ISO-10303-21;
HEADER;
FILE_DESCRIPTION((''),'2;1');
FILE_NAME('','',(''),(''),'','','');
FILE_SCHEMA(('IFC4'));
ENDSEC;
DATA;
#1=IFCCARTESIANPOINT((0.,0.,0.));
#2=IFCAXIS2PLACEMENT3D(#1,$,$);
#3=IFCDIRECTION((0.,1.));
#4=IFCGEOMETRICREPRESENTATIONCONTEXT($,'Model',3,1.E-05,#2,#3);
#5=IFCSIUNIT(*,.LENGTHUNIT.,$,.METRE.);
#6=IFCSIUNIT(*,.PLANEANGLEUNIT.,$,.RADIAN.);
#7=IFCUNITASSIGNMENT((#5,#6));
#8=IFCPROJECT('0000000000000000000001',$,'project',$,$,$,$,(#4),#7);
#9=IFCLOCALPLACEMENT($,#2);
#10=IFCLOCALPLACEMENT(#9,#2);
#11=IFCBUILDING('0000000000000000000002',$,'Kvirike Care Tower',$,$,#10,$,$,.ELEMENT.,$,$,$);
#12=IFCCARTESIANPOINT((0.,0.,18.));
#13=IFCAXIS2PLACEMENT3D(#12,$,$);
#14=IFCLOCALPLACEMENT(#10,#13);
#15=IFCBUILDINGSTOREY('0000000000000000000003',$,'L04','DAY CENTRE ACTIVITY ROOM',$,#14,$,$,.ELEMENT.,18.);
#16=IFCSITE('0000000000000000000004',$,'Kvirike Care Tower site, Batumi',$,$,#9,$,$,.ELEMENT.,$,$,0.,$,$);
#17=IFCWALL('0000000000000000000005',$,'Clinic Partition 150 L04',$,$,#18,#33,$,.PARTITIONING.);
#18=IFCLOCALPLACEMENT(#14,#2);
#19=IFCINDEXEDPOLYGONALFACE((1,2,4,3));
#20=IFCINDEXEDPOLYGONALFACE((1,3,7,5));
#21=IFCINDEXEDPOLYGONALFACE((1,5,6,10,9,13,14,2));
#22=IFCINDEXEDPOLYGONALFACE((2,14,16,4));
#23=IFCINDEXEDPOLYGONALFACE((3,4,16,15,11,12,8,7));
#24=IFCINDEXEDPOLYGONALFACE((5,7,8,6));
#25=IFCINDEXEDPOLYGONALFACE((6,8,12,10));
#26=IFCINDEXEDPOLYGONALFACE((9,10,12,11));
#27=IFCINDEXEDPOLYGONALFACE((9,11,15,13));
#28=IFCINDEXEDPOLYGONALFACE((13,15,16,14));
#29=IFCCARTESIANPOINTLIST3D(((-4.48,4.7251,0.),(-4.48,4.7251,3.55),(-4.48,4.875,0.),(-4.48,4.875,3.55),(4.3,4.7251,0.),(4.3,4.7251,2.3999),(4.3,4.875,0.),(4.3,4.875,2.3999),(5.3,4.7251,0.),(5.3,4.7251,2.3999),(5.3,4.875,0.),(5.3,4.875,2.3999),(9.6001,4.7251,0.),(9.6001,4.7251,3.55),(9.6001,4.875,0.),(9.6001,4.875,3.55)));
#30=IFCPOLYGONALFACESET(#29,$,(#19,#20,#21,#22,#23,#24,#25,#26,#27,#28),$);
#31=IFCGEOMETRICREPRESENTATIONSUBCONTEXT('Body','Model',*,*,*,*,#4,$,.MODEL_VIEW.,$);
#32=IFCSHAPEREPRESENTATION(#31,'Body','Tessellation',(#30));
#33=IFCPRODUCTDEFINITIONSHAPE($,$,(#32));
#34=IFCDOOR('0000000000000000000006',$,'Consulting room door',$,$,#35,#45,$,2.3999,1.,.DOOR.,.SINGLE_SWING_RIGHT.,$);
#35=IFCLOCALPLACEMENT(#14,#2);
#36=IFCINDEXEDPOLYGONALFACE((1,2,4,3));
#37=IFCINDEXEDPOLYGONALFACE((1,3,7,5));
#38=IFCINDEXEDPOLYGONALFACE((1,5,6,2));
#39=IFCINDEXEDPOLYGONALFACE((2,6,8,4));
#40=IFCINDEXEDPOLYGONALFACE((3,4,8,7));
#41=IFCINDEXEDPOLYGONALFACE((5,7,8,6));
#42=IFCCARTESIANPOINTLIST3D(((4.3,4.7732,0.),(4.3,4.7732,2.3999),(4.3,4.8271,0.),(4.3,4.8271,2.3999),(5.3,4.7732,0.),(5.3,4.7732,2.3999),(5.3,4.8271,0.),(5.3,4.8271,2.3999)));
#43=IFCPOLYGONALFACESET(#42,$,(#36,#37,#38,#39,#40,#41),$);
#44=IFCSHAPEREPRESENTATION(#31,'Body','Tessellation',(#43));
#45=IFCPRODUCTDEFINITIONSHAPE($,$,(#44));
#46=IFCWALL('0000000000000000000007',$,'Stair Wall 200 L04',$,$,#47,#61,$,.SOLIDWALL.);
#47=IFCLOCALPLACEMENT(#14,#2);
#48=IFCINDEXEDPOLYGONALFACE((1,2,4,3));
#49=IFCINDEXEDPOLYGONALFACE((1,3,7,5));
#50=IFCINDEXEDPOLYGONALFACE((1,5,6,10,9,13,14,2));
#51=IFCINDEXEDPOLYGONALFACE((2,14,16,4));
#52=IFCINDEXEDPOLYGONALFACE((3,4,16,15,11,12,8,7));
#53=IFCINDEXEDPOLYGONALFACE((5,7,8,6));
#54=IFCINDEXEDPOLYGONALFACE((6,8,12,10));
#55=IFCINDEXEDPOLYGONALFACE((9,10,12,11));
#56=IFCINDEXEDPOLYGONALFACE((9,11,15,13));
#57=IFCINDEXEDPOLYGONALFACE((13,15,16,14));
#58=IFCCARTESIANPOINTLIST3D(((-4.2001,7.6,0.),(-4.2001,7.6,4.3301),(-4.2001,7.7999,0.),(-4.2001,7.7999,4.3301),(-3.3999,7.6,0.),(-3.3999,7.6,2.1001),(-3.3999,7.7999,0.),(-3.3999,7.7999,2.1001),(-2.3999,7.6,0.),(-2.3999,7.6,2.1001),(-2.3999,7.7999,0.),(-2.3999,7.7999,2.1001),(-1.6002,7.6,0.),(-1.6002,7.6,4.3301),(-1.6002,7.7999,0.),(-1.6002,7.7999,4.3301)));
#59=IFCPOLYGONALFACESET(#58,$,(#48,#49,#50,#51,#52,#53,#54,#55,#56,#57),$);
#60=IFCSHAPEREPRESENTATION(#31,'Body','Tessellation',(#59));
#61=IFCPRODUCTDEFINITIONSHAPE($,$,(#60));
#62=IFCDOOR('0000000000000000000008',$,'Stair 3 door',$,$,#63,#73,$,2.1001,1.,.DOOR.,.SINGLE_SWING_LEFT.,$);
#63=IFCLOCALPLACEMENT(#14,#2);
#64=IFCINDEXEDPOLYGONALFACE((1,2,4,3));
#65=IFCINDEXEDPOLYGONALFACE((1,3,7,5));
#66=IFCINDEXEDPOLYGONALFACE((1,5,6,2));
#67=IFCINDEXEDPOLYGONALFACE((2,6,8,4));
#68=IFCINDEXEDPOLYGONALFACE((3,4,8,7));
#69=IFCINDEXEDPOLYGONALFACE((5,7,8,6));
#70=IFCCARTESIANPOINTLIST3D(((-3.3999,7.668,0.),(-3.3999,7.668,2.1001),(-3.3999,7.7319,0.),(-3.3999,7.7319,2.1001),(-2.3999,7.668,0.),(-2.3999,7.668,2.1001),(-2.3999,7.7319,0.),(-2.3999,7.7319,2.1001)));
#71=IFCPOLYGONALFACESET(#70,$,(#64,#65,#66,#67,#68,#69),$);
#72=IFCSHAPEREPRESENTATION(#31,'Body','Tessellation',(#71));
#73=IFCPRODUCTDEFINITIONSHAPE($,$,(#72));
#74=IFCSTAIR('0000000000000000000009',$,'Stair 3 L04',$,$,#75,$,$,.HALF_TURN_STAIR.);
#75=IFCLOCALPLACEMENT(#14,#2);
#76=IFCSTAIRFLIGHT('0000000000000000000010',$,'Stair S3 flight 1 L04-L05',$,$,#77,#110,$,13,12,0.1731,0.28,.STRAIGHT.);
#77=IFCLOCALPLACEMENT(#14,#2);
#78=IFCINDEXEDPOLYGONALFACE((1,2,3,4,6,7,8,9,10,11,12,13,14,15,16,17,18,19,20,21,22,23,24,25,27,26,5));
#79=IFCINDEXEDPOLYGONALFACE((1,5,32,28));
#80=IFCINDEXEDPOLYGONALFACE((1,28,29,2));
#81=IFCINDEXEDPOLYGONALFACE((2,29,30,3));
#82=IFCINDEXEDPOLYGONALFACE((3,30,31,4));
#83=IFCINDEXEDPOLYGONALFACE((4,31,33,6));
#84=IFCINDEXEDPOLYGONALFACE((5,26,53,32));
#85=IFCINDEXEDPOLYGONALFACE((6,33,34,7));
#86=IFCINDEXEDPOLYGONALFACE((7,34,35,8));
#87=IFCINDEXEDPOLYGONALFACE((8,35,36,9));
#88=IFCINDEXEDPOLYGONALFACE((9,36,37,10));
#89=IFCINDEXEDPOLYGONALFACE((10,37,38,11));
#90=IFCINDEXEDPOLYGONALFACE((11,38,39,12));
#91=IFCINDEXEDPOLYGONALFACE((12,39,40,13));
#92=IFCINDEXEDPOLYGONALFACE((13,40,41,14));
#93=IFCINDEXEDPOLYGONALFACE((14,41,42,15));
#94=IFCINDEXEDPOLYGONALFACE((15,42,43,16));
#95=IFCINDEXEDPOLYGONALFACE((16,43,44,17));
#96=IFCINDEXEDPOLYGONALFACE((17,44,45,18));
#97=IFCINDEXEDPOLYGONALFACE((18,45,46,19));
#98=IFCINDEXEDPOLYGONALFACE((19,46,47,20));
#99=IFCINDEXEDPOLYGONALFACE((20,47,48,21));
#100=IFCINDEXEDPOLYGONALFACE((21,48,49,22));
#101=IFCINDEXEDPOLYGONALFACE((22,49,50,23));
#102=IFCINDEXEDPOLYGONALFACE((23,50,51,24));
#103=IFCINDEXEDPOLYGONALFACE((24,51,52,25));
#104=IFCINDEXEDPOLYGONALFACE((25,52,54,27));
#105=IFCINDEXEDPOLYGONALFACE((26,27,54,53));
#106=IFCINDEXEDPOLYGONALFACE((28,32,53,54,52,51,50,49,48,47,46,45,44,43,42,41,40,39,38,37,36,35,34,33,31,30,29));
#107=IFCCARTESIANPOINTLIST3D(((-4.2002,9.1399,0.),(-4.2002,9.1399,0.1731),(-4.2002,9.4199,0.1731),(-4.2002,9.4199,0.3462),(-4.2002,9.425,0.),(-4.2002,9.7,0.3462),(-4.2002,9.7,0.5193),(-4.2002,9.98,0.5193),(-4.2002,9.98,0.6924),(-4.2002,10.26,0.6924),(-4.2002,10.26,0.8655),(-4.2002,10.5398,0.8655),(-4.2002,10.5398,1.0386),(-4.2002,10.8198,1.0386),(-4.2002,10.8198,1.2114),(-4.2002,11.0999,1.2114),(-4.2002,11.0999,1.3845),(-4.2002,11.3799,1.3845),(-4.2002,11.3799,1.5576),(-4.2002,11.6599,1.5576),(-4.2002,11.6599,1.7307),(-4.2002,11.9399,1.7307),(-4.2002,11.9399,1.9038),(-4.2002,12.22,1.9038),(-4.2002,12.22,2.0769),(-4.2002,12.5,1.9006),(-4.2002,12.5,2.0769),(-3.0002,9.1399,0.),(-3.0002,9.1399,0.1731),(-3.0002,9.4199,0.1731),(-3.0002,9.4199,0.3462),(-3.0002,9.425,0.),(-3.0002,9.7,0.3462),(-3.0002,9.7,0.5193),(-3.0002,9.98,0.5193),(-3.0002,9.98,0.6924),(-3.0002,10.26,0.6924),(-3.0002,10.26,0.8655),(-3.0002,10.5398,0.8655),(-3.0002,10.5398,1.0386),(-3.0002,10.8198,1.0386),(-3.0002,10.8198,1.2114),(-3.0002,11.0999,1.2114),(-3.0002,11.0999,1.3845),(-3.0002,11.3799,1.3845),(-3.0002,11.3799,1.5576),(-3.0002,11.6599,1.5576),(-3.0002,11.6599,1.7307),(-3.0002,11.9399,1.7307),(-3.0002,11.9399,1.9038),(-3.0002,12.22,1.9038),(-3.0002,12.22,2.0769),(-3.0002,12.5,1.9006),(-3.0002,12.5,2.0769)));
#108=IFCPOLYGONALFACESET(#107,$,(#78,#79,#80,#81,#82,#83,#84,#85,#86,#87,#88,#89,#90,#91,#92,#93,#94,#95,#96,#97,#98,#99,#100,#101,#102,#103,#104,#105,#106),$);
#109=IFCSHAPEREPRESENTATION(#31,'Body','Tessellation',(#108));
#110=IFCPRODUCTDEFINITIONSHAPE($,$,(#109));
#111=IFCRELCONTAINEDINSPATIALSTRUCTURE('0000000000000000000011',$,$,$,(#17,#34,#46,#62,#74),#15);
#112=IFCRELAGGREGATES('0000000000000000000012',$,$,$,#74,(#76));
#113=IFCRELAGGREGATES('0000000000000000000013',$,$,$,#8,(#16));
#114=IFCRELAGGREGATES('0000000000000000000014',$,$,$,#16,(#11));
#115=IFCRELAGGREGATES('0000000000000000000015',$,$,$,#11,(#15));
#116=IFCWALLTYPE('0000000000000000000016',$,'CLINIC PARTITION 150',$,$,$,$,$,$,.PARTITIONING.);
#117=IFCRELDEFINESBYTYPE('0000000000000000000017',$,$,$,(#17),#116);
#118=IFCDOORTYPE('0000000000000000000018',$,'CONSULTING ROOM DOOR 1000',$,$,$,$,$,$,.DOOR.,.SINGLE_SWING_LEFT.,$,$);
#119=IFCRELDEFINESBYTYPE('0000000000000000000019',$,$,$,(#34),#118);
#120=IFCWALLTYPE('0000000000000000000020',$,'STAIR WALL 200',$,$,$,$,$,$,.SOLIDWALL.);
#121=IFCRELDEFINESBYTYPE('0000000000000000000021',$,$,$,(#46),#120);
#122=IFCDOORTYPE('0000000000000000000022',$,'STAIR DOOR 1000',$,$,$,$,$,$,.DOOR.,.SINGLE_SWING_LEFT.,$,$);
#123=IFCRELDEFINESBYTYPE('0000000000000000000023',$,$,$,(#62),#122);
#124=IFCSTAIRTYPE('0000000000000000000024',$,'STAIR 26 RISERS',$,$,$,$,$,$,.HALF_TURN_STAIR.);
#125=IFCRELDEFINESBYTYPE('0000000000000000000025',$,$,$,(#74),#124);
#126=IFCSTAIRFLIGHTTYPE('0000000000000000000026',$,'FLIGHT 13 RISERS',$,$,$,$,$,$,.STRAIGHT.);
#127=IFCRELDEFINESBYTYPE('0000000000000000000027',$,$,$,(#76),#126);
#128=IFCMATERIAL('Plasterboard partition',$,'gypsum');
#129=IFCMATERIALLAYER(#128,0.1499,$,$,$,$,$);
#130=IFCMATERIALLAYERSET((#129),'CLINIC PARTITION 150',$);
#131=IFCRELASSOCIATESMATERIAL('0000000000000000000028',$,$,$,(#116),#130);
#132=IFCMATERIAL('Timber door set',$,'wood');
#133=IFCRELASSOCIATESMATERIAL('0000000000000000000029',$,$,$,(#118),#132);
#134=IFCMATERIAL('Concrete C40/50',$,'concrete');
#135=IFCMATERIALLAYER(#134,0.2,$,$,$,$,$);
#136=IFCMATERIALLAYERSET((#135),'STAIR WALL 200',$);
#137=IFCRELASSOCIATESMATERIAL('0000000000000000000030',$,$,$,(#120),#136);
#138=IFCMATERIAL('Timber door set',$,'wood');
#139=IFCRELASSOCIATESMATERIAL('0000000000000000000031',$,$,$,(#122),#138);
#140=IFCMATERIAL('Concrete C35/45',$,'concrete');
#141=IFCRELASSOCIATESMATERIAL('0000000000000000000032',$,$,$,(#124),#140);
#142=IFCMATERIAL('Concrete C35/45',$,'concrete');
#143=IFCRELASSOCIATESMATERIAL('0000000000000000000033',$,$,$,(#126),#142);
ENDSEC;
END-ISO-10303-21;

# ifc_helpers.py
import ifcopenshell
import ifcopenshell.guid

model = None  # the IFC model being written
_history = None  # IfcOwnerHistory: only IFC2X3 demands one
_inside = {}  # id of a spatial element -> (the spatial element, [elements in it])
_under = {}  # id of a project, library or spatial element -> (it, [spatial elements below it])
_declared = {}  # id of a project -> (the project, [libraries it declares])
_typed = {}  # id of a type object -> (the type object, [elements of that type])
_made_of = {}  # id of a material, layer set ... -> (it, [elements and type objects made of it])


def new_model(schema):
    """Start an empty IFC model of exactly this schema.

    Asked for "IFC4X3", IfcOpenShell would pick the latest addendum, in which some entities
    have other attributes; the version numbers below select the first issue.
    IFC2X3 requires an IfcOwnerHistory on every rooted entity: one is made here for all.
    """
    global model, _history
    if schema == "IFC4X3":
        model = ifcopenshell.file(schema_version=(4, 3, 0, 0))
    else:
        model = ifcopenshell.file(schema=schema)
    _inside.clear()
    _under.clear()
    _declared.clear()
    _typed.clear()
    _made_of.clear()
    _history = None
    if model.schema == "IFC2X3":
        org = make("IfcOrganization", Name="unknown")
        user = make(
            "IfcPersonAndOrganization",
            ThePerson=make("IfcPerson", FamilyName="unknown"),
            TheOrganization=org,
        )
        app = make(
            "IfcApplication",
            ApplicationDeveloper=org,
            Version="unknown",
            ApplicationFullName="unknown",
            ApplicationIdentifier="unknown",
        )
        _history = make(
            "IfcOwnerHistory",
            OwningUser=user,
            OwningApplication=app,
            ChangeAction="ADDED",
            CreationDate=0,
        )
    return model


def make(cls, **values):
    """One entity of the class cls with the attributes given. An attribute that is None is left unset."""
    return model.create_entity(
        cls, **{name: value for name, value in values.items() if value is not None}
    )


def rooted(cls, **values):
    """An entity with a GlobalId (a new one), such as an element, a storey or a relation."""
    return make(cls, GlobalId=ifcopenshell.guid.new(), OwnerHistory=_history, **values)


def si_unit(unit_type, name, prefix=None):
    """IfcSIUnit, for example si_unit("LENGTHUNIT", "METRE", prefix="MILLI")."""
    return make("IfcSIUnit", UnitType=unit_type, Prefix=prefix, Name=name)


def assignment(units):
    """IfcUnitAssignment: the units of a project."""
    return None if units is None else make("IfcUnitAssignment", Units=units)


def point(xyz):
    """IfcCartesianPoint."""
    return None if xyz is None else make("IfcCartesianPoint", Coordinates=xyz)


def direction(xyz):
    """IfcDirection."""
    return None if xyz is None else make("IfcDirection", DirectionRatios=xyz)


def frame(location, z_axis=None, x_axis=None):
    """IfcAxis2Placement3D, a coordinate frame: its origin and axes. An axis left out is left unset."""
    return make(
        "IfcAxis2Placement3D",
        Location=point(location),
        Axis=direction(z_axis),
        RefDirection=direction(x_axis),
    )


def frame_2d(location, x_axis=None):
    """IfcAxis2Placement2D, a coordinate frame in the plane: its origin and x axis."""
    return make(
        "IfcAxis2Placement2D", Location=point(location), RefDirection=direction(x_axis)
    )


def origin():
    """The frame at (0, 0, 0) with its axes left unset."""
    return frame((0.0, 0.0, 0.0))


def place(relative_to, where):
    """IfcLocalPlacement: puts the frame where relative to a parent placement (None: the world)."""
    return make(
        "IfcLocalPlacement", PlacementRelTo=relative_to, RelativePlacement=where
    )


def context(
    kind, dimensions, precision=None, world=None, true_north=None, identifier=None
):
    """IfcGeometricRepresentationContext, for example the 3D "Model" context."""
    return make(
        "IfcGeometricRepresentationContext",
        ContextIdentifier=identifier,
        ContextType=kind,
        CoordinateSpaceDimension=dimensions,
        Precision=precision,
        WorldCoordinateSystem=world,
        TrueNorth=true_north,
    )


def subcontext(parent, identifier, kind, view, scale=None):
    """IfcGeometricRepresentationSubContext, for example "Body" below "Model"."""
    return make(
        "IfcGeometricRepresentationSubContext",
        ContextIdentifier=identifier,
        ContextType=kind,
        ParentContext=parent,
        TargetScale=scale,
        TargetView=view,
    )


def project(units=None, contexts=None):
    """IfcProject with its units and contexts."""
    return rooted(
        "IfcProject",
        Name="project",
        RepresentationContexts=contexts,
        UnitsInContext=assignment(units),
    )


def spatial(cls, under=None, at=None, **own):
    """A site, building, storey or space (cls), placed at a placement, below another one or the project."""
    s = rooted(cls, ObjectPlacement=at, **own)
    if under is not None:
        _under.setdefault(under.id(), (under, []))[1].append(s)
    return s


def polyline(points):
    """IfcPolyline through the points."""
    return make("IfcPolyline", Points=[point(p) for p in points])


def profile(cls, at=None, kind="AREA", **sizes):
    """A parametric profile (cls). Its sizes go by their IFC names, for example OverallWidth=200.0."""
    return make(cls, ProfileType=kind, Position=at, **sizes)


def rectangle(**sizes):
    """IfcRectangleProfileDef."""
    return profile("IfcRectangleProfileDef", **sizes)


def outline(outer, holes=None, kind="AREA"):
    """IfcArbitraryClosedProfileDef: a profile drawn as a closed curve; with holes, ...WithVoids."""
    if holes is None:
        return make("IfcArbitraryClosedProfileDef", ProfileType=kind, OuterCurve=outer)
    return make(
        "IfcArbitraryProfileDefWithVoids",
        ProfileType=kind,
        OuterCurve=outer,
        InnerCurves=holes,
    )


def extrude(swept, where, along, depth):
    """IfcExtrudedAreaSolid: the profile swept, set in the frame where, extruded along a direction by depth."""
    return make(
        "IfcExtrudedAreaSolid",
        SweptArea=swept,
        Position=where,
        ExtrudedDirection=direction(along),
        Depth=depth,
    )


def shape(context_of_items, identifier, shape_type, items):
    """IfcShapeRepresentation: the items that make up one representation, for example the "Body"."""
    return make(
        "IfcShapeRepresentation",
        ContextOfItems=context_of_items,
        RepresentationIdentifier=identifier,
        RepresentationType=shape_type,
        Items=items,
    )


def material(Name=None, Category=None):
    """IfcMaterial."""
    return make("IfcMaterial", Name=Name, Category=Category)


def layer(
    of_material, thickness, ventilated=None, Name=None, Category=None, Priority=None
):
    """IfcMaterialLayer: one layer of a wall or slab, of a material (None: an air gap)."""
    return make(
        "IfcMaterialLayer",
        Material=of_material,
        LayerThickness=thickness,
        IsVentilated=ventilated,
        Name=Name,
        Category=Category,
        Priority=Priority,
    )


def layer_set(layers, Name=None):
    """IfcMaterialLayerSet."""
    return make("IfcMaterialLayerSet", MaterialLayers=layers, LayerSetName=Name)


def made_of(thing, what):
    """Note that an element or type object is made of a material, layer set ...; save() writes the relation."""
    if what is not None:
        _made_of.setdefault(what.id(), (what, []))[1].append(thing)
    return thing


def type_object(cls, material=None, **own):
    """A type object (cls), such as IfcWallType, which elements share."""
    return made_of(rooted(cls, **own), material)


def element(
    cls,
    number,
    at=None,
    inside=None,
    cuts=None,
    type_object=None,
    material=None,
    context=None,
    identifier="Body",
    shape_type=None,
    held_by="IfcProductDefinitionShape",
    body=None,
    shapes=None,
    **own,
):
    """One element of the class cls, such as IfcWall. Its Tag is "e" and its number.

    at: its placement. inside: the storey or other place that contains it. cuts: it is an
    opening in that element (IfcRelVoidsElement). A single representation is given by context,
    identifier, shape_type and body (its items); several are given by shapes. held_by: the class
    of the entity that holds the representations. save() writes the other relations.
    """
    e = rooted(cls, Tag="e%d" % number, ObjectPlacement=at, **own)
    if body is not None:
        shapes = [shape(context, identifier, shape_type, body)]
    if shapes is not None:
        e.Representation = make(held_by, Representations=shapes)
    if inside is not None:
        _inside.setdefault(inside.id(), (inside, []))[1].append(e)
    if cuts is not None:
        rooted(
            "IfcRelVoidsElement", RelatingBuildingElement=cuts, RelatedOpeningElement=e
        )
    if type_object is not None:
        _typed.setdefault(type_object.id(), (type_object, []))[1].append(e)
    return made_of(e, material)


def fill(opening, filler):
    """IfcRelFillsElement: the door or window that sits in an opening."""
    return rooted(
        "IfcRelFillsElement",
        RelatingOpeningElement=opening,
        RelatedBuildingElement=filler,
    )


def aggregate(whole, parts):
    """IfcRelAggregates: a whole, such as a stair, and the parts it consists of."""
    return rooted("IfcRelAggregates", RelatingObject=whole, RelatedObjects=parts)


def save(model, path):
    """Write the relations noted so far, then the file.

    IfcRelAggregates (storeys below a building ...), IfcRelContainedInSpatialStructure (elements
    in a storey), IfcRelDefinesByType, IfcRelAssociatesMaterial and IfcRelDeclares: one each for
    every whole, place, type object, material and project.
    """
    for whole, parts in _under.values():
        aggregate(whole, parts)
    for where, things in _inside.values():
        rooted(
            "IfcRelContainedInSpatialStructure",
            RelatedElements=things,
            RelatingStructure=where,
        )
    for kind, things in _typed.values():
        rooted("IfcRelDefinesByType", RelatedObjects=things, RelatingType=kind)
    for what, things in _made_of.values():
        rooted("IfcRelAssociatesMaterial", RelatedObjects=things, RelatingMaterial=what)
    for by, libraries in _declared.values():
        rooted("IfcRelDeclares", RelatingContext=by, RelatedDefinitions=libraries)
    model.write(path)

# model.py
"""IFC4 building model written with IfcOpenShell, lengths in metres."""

from ifc_helpers import new_model, si_unit, direction, frame, frame_2d, origin, place, context, subcontext, project, spatial, polyline, rectangle, outline, extrude, material, layer, layer_set, type_object, element, fill, aggregate, save


model = new_model("IFC4")

# Units and contexts
model_context = context("Model", 3, precision=1e-05, world=origin(), true_north=direction((0.0, 1.0)))
body_context = subcontext(model_context, "Body", "Model", "MODEL_VIEW")
ifc_project = project(units=[si_unit("LENGTHUNIT", "METRE"), si_unit("PLANEANGLEUNIT", "RADIAN")], contexts=[model_context])

# Site, building, storey
site_placement = place(None, origin())
site = spatial("IfcSite", under=ifc_project, at=site_placement, Name="Kvirike Care Tower site, Batumi", CompositionType="ELEMENT", RefElevation=0.0)
building_placement = place(site_placement, origin())
building = spatial("IfcBuilding", under=site, at=building_placement, Name="Kvirike Care Tower", CompositionType="ELEMENT")
storey_placement = place(building_placement, frame((0.0, 0.0, 18.0)))
storey = spatial("IfcBuildingStorey", under=building, at=storey_placement, Name="L04", Description="DAY CENTRE ACTIVITY ROOM", CompositionType="ELEMENT", Elevation=18.0)

# Walls, openings, doors
ifc_material_1 = material(Name="Plasterboard partition", Category="gypsum")
ifc_layer_1 = layer(ifc_material_1, 0.1499)
ifc_layer_set_1 = layer_set([ifc_layer_1], Name="CLINIC PARTITION 150")
wall_type_1 = type_object("IfcWallType", Name="CLINIC PARTITION 150", PredefinedType="PARTITIONING", material=ifc_layer_set_1)
wall_1_placement = place(storey_placement, frame((-4.48, 4.8, 0.0), z_axis=(0.0, 0.0, 1.0), x_axis=(1.0, 0.0, 0.0)))
wall_1 = element("IfcWall", 1, at=wall_1_placement, inside=storey, type_object=wall_type_1, Name="Clinic Partition 150 L04", PredefinedType="PARTITIONING", context=body_context, shape_type="SweptSolid", body=[
    extrude(rectangle(XDim=14.0801, YDim=0.1499, at=frame_2d((7.04, 0.0))), origin(), (0.0, 0.0, 1.0), 3.55),
])
opening_1_placement = place(wall_1_placement, frame((8.78, 0.0, 0.0)))
opening_1 = element("IfcOpeningElement", 2, at=opening_1_placement, cuts=wall_1, PredefinedType="OPENING", context=body_context, shape_type="SweptSolid", body=[
    extrude(rectangle(XDim=1.0, YDim=2.3999, at=frame_2d((0.5, 1.2))), frame((0.0, 0.0854, 0.0), z_axis=(0.0, -1.0, 0.0), x_axis=(1.0, 0.0, 0.0)), (0.0, 0.0, 1.0), 0.1709),
])
ifc_material_2 = material(Name="Timber door set", Category="wood")
door_type_1 = type_object("IfcDoorType", Name="CONSULTING ROOM DOOR 1000", OperationType="SINGLE_SWING_LEFT", PredefinedType="DOOR", material=ifc_material_2)
door_1_placement = place(opening_1_placement, frame((1.0, 0.0, 0.0), z_axis=(0.0, 0.0, 1.0), x_axis=(-1.0, 0.0, 0.0)))
door_1 = element("IfcDoor", 3, at=door_1_placement, inside=storey, type_object=door_type_1, Name="Consulting room door", OperationType="SINGLE_SWING_RIGHT", OverallHeight=2.3999, OverallWidth=1.0, PredefinedType="DOOR", context=body_context, shape_type="SweptSolid", body=[
    extrude(rectangle(XDim=1.0, YDim=2.3999, at=frame_2d((0.5, 1.2))), frame((0.0, 0.0269, 0.0), z_axis=(0.0, -1.0, 0.0), x_axis=(1.0, 0.0, 0.0)), (0.0, 0.0, 1.0), 0.054),
])
fill(opening_1, door_1)
ifc_material_3 = material(Name="Concrete C40/50", Category="concrete")
ifc_layer_2 = layer(ifc_material_3, 0.2)
ifc_layer_set_2 = layer_set([ifc_layer_2], Name="STAIR WALL 200")
wall_type_2 = type_object("IfcWallType", Name="STAIR WALL 200", PredefinedType="SOLIDWALL", material=ifc_layer_set_2)
wall_2_placement = place(storey_placement, frame((-4.2, 7.7, 0.0), z_axis=(0.0, 0.0, 1.0), x_axis=(1.0, 0.0, 0.0)))
wall_2 = element("IfcWall", 4, at=wall_2_placement, inside=storey, type_object=wall_type_2, Name="Stair Wall 200 L04", PredefinedType="SOLIDWALL", context=body_context, shape_type="SweptSolid", body=[
    extrude(rectangle(XDim=2.5999, YDim=0.2, at=frame_2d((1.2998, 0.0))), origin(), (0.0, 0.0, 1.0), 4.3301),
])
opening_2_placement = place(wall_2_placement, frame((0.8, 0.0, 0.0)))
opening_2 = element("IfcOpeningElement", 5, at=opening_2_placement, cuts=wall_2, PredefinedType="OPENING", context=body_context, shape_type="SweptSolid", body=[
    extrude(rectangle(XDim=1.0, YDim=2.1001, at=frame_2d((0.5, 1.05))), frame((0.0, 0.1106, 0.0), z_axis=(0.0, -1.0, 0.0), x_axis=(1.0, 0.0, 0.0)), (0.0, 0.0, 1.0), 0.2209),
])
ifc_material_4 = material(Name="Timber door set", Category="wood")
door_type_2 = type_object("IfcDoorType", Name="STAIR DOOR 1000", OperationType="SINGLE_SWING_LEFT", PredefinedType="DOOR", material=ifc_material_4)
door_2_placement = place(opening_2_placement, origin())
door_2 = element("IfcDoor", 6, at=door_2_placement, inside=storey, type_object=door_type_2, Name="Stair 3 door", OperationType="SINGLE_SWING_LEFT", OverallHeight=2.1001, OverallWidth=1.0, PredefinedType="DOOR", context=body_context, shape_type="SweptSolid", body=[
    extrude(rectangle(XDim=1.0, YDim=2.1001, at=frame_2d((0.5, 1.05))), frame((0.0, 0.032, 0.0), z_axis=(0.0, -1.0, 0.0), x_axis=(1.0, 0.0, 0.0)), (0.0, 0.0, 1.0), 0.064),
])
fill(opening_2, door_2)

# Stair, stair flight
ifc_material_5 = material(Name="Concrete C35/45", Category="concrete")
stair_type = type_object("IfcStairType", Name="STAIR 26 RISERS", PredefinedType="HALF_TURN_STAIR", material=ifc_material_5)
stair_placement = place(storey_placement, origin())
stair = element("IfcStair", 7, at=stair_placement, inside=storey, type_object=stair_type, Name="Stair 3 L04", PredefinedType="HALF_TURN_STAIR")
ifc_material_6 = material(Name="Concrete C35/45", Category="concrete")
stair_flight_type = type_object("IfcStairFlightType", Name="FLIGHT 13 RISERS", PredefinedType="STRAIGHT", material=ifc_material_6)
stair_flight_placement = place(storey_placement, frame((-3.6001, 9.1399, 0.0), z_axis=(0.0, 0.0, 1.0), x_axis=(0.0, 1.0, 0.0)))
stair_flight = element("IfcStairFlight", 8, at=stair_flight_placement, type_object=stair_flight_type, Name="Stair S3 flight 1 L04-L05", NumberOfRisers=13, NumberOfTreads=12, PredefinedType="STRAIGHT", RiserHeight=0.1731, TreadLength=0.28, context=body_context, shape_type="SweptSolid", body=[
    extrude(outline(polyline([(0.0, 0.0), (0.0, 0.1731), (0.28, 0.1731), (0.28, 0.3462), (0.5601, 0.3462), (0.5601, 0.5193), (0.8401, 0.5193), (0.8401, 0.6924), (1.1201, 0.6924), (1.1201, 0.8655), (1.3999, 0.8655), (1.3999, 1.0386), (1.6799, 1.0386), (1.6799, 1.2114), (1.96, 1.2114), (1.96, 1.3845), (2.24, 1.3845), (2.24, 1.5576), (2.52, 1.5576), (2.52, 1.7307), (2.8, 1.7307), (2.8, 1.9038), (3.0801, 1.9038), (3.0801, 2.0769), (3.3601, 2.0769), (3.3601, 2.25), (3.3601, 1.9006), (0.2852, 0.0), (0.0, 0.0)])), frame((0.0, 0.6001, 0.0), z_axis=(0.0, -1.0, 0.0), x_axis=(1.0, 0.0, 0.0)), (0.0, 0.0, 1.0), 1.2),
])
aggregate(stair, [stair_flight])

save(model, "model.ifc")
